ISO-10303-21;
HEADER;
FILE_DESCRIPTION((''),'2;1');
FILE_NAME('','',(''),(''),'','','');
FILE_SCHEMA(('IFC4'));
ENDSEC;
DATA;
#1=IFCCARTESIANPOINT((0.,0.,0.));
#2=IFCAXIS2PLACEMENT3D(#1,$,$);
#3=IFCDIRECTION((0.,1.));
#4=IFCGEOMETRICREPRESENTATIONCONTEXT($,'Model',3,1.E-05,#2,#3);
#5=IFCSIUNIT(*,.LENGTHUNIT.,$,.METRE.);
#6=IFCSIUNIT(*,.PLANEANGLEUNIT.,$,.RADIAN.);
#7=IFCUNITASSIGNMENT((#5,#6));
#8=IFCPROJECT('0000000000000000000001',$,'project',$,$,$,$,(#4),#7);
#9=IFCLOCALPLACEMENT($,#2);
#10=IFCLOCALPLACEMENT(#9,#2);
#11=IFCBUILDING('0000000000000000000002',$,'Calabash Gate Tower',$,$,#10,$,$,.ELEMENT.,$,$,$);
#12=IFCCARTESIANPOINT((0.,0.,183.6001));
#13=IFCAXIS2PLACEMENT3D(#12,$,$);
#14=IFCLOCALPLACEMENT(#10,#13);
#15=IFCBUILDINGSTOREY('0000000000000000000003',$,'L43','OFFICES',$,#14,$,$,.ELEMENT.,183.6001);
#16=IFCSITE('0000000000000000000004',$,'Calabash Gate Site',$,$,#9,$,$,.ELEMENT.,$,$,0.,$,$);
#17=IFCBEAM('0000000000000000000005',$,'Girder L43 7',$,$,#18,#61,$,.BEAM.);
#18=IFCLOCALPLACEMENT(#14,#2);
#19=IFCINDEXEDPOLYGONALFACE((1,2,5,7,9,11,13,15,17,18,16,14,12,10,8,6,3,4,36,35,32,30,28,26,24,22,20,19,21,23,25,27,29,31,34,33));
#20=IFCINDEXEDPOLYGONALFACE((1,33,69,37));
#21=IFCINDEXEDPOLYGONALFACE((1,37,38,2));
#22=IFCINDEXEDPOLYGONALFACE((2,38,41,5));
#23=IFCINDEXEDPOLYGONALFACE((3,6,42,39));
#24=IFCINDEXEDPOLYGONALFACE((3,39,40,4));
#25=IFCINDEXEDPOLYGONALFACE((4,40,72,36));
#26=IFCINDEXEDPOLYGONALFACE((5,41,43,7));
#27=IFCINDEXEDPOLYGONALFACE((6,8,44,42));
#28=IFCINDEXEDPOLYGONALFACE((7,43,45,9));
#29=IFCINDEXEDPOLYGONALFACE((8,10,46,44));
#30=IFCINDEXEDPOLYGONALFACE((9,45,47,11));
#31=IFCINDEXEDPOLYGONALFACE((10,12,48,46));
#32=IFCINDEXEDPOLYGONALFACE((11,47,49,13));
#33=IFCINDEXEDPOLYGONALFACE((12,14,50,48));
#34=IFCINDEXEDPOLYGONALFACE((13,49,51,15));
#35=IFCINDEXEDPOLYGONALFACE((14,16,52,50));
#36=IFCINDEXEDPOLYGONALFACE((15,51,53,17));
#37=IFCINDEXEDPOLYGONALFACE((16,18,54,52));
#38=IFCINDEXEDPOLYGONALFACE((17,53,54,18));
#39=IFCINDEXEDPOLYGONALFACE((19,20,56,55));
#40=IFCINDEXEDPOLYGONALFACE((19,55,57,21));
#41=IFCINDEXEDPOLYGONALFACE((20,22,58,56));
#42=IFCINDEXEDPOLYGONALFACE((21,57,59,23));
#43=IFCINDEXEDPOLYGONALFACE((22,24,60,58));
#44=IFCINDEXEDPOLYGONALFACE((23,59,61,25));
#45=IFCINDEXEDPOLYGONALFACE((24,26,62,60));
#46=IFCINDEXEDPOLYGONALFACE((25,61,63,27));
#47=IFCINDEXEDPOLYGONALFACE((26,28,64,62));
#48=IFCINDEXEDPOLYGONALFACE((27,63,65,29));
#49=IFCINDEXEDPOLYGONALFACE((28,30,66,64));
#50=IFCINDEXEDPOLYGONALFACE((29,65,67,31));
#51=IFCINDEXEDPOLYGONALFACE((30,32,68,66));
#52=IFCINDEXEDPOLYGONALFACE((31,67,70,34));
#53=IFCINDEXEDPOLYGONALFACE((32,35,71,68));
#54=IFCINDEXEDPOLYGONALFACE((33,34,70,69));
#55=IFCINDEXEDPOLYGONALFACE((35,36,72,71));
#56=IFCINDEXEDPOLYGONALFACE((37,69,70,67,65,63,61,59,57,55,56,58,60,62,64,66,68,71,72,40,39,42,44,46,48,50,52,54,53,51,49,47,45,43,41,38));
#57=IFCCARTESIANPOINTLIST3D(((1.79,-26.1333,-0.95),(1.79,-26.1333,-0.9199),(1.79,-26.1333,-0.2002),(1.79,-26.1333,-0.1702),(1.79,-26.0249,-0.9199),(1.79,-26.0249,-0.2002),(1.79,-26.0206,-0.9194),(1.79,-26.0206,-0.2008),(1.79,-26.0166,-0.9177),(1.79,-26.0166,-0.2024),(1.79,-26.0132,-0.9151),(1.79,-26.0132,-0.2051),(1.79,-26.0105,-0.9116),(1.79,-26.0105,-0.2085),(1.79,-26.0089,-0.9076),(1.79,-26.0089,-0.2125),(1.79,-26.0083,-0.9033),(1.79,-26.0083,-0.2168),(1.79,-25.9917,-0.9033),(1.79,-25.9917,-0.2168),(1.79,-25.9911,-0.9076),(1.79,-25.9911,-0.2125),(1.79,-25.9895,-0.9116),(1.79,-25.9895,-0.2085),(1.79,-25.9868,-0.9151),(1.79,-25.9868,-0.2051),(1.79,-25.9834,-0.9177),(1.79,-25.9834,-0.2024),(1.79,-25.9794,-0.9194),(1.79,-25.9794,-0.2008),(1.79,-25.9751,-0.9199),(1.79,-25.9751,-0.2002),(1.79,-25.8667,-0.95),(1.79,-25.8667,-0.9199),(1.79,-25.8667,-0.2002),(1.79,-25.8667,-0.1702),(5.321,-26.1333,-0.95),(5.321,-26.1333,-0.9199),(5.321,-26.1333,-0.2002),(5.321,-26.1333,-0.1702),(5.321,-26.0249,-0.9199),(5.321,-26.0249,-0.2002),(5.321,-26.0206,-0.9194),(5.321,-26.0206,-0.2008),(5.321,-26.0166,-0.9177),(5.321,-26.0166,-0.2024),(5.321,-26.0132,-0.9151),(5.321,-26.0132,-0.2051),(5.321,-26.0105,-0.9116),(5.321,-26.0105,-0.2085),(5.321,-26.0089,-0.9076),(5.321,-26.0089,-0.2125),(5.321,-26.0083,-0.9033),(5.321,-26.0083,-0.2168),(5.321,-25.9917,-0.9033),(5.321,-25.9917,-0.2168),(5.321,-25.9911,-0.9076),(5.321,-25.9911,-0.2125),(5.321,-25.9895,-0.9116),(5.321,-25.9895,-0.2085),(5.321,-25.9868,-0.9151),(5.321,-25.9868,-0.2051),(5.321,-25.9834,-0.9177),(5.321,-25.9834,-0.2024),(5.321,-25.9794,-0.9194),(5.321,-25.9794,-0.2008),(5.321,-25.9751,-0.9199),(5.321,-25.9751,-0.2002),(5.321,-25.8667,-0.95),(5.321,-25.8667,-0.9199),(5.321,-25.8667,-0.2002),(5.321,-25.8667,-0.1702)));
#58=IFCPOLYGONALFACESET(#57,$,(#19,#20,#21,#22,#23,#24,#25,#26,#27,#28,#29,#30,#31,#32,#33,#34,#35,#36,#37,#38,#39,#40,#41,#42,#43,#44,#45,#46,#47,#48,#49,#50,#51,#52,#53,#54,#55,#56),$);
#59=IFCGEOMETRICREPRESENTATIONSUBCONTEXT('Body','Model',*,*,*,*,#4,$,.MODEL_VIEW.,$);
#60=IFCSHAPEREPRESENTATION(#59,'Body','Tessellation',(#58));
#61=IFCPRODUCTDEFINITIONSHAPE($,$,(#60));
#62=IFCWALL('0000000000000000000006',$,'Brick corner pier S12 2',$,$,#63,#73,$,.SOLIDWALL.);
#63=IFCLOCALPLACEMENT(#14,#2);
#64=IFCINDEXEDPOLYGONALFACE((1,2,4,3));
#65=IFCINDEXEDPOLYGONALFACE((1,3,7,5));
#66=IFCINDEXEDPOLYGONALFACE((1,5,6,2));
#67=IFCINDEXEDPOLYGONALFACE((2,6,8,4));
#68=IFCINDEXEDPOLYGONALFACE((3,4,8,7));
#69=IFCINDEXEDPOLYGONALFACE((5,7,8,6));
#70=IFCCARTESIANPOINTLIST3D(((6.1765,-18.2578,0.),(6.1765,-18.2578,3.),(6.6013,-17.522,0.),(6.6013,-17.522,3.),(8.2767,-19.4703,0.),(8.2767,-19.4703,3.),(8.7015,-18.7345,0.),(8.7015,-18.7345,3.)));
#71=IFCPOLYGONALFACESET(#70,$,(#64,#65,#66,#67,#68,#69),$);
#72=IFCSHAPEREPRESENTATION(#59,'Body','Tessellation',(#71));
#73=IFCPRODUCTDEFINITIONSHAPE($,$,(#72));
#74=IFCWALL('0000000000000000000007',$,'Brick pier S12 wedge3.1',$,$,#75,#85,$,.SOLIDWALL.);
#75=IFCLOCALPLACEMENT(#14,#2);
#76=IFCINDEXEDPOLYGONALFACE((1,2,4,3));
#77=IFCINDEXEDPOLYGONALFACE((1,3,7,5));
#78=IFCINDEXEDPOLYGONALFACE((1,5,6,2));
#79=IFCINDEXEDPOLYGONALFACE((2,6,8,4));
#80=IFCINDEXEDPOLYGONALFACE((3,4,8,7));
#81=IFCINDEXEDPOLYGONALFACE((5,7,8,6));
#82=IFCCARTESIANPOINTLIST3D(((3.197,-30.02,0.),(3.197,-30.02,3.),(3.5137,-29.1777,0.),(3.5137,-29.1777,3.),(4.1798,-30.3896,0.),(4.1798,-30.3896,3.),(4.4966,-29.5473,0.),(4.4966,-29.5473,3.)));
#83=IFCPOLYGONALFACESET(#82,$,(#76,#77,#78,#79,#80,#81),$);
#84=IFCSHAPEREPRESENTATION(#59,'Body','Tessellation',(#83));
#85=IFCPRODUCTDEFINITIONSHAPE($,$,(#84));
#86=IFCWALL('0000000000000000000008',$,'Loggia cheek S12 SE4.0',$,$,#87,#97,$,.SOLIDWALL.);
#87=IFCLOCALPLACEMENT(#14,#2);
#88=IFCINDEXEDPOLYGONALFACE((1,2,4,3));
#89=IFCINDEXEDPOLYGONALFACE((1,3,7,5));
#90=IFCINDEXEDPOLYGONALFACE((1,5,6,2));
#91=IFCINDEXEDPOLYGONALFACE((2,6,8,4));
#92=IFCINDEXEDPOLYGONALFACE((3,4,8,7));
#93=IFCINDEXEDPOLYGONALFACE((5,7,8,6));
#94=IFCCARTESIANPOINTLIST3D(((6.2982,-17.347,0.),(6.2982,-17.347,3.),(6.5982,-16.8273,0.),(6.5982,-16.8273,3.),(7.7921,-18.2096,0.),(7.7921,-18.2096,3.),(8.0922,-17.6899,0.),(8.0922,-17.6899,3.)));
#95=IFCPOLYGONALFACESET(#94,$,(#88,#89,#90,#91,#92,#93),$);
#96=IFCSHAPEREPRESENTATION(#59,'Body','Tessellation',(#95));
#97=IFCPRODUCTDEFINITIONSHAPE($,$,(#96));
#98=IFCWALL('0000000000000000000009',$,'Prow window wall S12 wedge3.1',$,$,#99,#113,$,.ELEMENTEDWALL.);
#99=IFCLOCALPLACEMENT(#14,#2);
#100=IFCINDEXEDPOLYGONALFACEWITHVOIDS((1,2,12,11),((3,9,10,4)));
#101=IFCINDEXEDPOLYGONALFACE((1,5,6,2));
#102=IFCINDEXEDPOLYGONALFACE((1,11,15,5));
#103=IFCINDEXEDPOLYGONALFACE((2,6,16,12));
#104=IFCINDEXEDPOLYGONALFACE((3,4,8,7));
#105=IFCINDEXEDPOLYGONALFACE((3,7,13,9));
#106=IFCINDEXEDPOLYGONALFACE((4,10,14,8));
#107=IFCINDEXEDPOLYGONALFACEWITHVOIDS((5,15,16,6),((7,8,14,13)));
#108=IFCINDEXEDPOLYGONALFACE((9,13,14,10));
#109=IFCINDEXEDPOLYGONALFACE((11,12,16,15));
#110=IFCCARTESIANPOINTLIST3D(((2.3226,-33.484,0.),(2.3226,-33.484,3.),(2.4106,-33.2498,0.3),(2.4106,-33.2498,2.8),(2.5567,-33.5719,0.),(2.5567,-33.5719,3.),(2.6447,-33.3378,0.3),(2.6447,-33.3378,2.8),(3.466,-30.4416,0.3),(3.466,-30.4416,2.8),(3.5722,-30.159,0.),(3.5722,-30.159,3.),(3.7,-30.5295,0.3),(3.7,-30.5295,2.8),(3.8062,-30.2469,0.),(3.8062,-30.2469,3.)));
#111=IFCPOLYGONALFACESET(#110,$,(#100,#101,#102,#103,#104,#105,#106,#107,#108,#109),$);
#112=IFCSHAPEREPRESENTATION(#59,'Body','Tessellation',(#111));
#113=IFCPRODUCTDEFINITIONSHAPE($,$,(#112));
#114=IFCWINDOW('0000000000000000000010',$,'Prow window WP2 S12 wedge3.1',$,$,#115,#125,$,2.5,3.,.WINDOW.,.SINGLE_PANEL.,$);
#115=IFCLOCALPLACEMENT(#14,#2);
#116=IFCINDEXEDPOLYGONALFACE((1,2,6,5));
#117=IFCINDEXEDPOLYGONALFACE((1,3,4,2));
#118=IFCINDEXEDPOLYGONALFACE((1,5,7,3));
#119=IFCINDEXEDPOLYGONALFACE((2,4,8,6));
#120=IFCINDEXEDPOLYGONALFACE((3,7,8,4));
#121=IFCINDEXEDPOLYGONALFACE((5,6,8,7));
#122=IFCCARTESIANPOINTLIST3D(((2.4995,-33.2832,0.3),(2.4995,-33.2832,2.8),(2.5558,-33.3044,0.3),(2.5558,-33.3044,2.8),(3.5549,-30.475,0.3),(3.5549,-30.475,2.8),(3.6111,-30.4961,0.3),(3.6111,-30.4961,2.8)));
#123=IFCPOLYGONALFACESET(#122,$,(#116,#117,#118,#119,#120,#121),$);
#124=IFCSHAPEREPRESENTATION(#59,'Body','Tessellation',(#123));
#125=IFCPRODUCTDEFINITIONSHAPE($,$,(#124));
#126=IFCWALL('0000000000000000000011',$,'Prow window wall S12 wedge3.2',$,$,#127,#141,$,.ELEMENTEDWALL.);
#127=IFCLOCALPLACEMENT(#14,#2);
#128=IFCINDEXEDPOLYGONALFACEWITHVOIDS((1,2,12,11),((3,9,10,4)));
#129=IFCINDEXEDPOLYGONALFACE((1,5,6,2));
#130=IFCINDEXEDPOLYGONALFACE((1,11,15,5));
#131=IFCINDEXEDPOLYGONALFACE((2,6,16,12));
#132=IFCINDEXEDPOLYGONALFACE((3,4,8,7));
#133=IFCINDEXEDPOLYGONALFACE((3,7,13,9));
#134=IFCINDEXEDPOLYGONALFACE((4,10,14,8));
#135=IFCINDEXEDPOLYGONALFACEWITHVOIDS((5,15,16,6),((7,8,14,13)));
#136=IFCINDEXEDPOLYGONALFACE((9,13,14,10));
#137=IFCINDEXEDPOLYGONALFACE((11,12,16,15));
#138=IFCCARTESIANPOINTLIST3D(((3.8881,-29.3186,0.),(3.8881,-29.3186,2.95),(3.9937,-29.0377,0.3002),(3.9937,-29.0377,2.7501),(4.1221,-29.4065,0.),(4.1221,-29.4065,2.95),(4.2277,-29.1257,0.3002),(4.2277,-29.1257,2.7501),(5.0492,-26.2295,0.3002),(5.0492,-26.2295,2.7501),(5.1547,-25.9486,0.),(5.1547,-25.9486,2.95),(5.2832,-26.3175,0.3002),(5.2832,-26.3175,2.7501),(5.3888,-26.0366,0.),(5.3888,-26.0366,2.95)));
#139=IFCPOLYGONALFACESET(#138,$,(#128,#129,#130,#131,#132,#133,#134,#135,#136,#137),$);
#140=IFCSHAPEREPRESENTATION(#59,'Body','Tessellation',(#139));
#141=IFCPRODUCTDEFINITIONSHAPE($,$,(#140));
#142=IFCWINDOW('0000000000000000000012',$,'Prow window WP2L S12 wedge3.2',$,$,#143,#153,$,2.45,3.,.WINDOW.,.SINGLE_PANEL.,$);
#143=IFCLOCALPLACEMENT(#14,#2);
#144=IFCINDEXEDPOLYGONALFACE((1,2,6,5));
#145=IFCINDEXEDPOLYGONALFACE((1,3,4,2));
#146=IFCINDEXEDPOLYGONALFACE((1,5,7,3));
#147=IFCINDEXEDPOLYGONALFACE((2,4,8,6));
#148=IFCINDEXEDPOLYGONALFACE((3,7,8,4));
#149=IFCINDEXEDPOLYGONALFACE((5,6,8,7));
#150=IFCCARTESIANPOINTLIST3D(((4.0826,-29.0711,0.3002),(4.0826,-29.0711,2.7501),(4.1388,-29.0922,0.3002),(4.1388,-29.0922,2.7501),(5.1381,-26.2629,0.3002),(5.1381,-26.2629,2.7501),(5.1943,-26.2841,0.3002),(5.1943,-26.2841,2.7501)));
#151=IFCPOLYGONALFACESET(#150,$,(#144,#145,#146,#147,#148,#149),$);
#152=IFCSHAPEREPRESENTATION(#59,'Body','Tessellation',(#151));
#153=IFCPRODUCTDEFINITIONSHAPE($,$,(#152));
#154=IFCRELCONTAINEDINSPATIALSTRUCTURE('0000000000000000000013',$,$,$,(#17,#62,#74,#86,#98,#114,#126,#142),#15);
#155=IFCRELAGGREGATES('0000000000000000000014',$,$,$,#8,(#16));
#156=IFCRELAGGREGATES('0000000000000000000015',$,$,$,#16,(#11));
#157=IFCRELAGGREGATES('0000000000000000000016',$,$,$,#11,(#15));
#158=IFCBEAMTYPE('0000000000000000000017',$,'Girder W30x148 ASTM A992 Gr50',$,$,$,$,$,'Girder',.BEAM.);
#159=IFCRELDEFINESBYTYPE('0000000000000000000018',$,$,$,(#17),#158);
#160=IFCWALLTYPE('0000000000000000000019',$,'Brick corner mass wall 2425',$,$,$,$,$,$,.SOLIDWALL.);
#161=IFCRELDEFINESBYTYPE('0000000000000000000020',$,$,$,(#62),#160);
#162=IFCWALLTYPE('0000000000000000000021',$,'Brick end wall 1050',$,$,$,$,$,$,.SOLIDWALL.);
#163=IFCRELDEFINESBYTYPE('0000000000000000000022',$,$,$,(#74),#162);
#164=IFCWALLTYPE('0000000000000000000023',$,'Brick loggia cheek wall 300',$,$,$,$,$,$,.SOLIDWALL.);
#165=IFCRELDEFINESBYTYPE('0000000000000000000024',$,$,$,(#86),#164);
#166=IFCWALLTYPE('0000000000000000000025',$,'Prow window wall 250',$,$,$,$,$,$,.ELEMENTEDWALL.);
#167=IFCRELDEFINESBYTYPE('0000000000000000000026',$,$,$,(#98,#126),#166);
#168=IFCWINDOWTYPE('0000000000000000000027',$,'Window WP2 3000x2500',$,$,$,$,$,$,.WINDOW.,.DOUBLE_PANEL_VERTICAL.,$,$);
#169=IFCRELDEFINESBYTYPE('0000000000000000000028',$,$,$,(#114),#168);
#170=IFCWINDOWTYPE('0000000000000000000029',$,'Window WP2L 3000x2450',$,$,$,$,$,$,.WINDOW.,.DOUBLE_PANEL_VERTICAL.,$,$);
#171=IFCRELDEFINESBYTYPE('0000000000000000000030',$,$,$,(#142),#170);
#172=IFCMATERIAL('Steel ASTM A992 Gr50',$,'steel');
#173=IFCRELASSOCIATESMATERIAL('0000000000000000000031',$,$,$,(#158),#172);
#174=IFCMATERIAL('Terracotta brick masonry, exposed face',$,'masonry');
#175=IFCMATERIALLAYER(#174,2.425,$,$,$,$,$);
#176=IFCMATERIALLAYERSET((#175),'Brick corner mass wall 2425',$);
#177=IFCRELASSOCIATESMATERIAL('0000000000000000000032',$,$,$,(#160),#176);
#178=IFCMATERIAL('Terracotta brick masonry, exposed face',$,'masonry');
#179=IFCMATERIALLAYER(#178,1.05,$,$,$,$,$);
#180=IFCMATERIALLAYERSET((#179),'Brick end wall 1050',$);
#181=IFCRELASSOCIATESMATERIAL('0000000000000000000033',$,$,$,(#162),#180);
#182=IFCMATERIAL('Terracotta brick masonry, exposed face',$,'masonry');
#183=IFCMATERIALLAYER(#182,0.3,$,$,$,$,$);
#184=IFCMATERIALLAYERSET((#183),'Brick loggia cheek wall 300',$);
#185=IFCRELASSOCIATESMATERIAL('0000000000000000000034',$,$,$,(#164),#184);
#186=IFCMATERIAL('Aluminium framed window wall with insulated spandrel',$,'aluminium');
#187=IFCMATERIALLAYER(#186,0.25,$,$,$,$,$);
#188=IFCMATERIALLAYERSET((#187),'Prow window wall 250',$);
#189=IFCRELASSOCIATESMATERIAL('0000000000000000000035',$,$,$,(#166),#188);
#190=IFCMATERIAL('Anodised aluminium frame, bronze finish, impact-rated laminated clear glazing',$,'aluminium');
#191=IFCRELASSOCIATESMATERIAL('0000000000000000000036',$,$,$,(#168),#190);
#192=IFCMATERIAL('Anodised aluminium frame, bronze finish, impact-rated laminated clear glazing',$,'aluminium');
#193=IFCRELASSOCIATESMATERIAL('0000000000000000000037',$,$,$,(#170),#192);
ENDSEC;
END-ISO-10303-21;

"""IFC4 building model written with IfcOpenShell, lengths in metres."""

from ifc_helpers import new_model, si_unit, direction, frame, frame_2d, origin, origin_2d, place, context, subcontext, project, spatial, rectangle, i_section, extrude, material, layer, layer_set, material_profile, profile_set, type_object, element, fill, save


model = new_model("IFC4")

# Units and contexts
model_context = context("Model", 3, precision=1e-05, world=origin(), true_north=direction((0.0, 1.0)))
body_context = subcontext(model_context, "Body", "Model", "MODEL_VIEW")
ifc_project = project(units=[si_unit("LENGTHUNIT", "METRE"), si_unit("PLANEANGLEUNIT", "RADIAN")], contexts=[model_context])

# Site, building, storey
site_placement = place(None, origin())
site = spatial("IfcSite", under=ifc_project, at=site_placement, Name="Calabash Gate Site", CompositionType="ELEMENT", RefElevation=0.0)
building_placement = place(site_placement, origin())
building = spatial("IfcBuilding", under=site, at=building_placement, Name="Calabash Gate Tower", CompositionType="ELEMENT")
storey_placement = place(building_placement, frame((0.0, 0.0, 183.6001)))
storey = spatial("IfcBuildingStorey", under=building, at=storey_placement, Name="L43", Description="OFFICES", CompositionType="ELEMENT", Elevation=183.6001)

# Beam
ifc_material_1 = material(Name="Steel ASTM A992 Gr50", Category="steel")
ifc_material_profile_1 = material_profile(ifc_material_1, i_section(OverallWidth=0.2666, OverallDepth=0.7798, WebThickness=0.0166, FlangeThickness=0.03, FilletRadius=0.0166, at=origin_2d()))
ifc_profile_set_1 = profile_set([ifc_material_profile_1], Name="Steel ASTM A992 Gr50")
beam_type_1 = type_object("IfcBeamType", Name="Girder W30x148 ASTM A992 Gr50", ElementType="Girder", PredefinedType="BEAM", material=ifc_profile_set_1)
beam_1_placement = place(storey_placement, frame((1.79, -26.0, -0.5601), z_axis=(1.0, 0.0, 0.0), x_axis=(0.0, 1.0, 0.0)))
element("IfcBeam", 1, at=beam_1_placement, inside=storey, type_object=beam_type_1, Name="Girder L43 7", PredefinedType="BEAM", context=body_context, shape_type="SweptSolid", body=[
    extrude(i_section(OverallWidth=0.2666, OverallDepth=0.7798, WebThickness=0.0166, FlangeThickness=0.03, FilletRadius=0.0166, at=origin_2d()), origin(), (0.0, 0.0, 1.0), 3.531),
])

# Walls
ifc_material_2 = material(Name="Terracotta brick masonry, exposed face", Category="masonry")
ifc_layer_1 = layer(ifc_material_2, 2.425)
ifc_layer_set_1 = layer_set([ifc_layer_1], Name="Brick corner mass wall 2425")
wall_type_1 = type_object("IfcWallType", Name="Brick corner mass wall 2425", PredefinedType="SOLIDWALL", material=ifc_layer_set_1)
wall_1_placement = place(storey_placement, frame((8.489, -19.1023, 0.0), z_axis=(0.0, 0.0, 1.0), x_axis=(-0.866041, 0.499972, 0.0)))
element("IfcWall", 2, at=wall_1_placement, inside=storey, type_object=wall_type_1, Name="Brick corner pier S12 2", PredefinedType="SOLIDWALL", context=body_context, shape_type="SweptSolid", body=[
    extrude(rectangle(XDim=2.425, YDim=0.8496, at=frame_2d((1.2124, 0.0))), origin(), (0.0, 0.0, 1.0), 3.0),
])
ifc_material_3 = material(Name="Terracotta brick masonry, exposed face", Category="masonry")
ifc_layer_2 = layer(ifc_material_3, 1.05)
ifc_layer_set_2 = layer_set([ifc_layer_2], Name="Brick end wall 1050")
wall_type_2 = type_object("IfcWallType", Name="Brick end wall 1050", PredefinedType="SOLIDWALL", material=ifc_layer_set_2)
wall_2_placement = place(storey_placement, frame((3.3555, -29.5989, 0.0), z_axis=(0.0, 0.0, 1.0), x_axis=(0.936004, -0.35199, 0.0)))
element("IfcWall", 3, at=wall_2_placement, inside=storey, type_object=wall_type_2, Name="Brick pier S12 wedge3.1", PredefinedType="SOLIDWALL", context=body_context, shape_type="SweptSolid", body=[
    extrude(rectangle(XDim=1.05, YDim=0.8999, at=frame_2d((0.5249, 0.0))), origin(), (0.0, 0.0, 1.0), 3.0),
])
ifc_material_4 = material(Name="Terracotta brick masonry, exposed face", Category="masonry")
ifc_layer_3 = layer(ifc_material_4, 0.3)
ifc_layer_set_3 = layer_set([ifc_layer_3], Name="Brick loggia cheek wall 300")
wall_type_3 = type_object("IfcWallType", Name="Brick loggia cheek wall 300", PredefinedType="SOLIDWALL", material=ifc_layer_set_3)
wall_3_placement = place(storey_placement, frame((7.9421, -17.9497, 0.0), z_axis=(0.0, 0.0, 1.0), x_axis=(-0.866014, 0.500021, 0.0)))
element("IfcWall", 4, at=wall_3_placement, inside=storey, type_object=wall_type_3, Name="Loggia cheek S12 SE4.0", PredefinedType="SOLIDWALL", context=body_context, shape_type="SweptSolid", body=[
    extrude(rectangle(XDim=1.7251, YDim=0.6001, at=frame_2d((0.8625, 0.0))), origin(), (0.0, 0.0, 1.0), 3.0),
])

# Walls, openings, windows
ifc_material_5 = material(Name="Aluminium framed window wall with insulated spandrel", Category="aluminium")
ifc_layer_4 = layer(ifc_material_5, 0.25)
ifc_layer_set_4 = layer_set([ifc_layer_4], Name="Prow window wall 250")
wall_type_4 = type_object("IfcWallType", Name="Prow window wall 250", PredefinedType="ELEMENTEDWALL", material=ifc_layer_set_4)
wall_4_placement = place(storey_placement, frame((2.4397, -33.5278, 0.0), z_axis=(0.0, 0.0, 1.0), x_axis=(0.351779, 0.936083, 0.0)))
wall_4 = element("IfcWall", 5, at=wall_4_placement, inside=storey, type_object=wall_type_4, Name="Prow window wall S12 wedge3.1", PredefinedType="ELEMENTEDWALL", context=body_context, shape_type="SweptSolid", body=[
    extrude(rectangle(XDim=3.552, YDim=0.25, at=frame_2d((1.7759, 0.0))), origin(), (0.0, 0.0, 1.0), 3.0),
])
opening_1_placement = place(wall_4_placement, frame((0.25, 0.0, 0.3)))
opening_1 = element("IfcOpeningElement", 6, at=opening_1_placement, cuts=wall_4, PredefinedType="OPENING", context=body_context, shape_type="SweptSolid", body=[
    extrude(rectangle(XDim=3.0, YDim=2.5, at=frame_2d((1.5, 1.25))), frame((0.0, 0.135, 0.0), z_axis=(0.0, -1.0, 0.0), x_axis=(1.0, 0.0, 0.0)), (0.0, 0.0, 1.0), 0.27),
])
ifc_material_6 = material(Name="Anodised aluminium frame, bronze finish, impact-rated laminated clear glazing", Category="aluminium")
window_type_1 = type_object("IfcWindowType", Name="Window WP2 3000x2500", PartitioningType="DOUBLE_PANEL_VERTICAL", PredefinedType="WINDOW", material=ifc_material_6)
window_1_placement = place(opening_1_placement, origin())
window_1 = element("IfcWindow", 7, at=window_1_placement, inside=storey, type_object=window_type_1, Name="Prow window WP2 S12 wedge3.1", OverallHeight=2.5, OverallWidth=3.0, PartitioningType="SINGLE_PANEL", PredefinedType="WINDOW", context=body_context, shape_type="SweptSolid", body=[
    extrude(rectangle(XDim=3.0, YDim=2.5, at=frame_2d((1.5, 1.25))), frame((0.0, 0.03, 0.0), z_axis=(0.0, -1.0, 0.0), x_axis=(1.0, 0.0, 0.0)), (0.0, 0.0, 1.0), 0.0601),
])
fill(opening_1, window_1)
wall_5_placement = place(storey_placement, frame((4.0051, -29.3625, 0.0), z_axis=(0.0, 0.0, 1.0), x_axis=(0.351829, 0.936064, 0.0)))
wall_5 = element("IfcWall", 8, at=wall_5_placement, inside=storey, type_object=wall_type_4, Name="Prow window wall S12 wedge3.2", PredefinedType="ELEMENTEDWALL", context=body_context, shape_type="SweptSolid", body=[
    extrude(rectangle(XDim=3.6001, YDim=0.25, at=frame_2d((1.8, 0.0))), origin(), (0.0, 0.0, 1.0), 2.95),
])
opening_2_placement = place(wall_5_placement, frame((0.3, 0.0, 0.3)))
opening_2 = element("IfcOpeningElement", 9, at=opening_2_placement, cuts=wall_5, PredefinedType="OPENING", context=body_context, shape_type="SweptSolid", body=[
    extrude(rectangle(XDim=3.0, YDim=2.45, at=frame_2d((1.5, 1.2251))), frame((0.0, 0.135, 0.0), z_axis=(0.0, -1.0, 0.0), x_axis=(1.0, 0.0, 0.0)), (0.0, 0.0, 1.0), 0.27),
])
ifc_material_7 = material(Name="Anodised aluminium frame, bronze finish, impact-rated laminated clear glazing", Category="aluminium")
window_type_2 = type_object("IfcWindowType", Name="Window WP2L 3000x2450", PartitioningType="DOUBLE_PANEL_VERTICAL", PredefinedType="WINDOW", material=ifc_material_7)
window_2_placement = place(opening_2_placement, origin())
window_2 = element("IfcWindow", 10, at=window_2_placement, inside=storey, type_object=window_type_2, Name="Prow window WP2L S12 wedge3.2", OverallHeight=2.45, OverallWidth=3.0, PartitioningType="SINGLE_PANEL", PredefinedType="WINDOW", context=body_context, shape_type="SweptSolid", body=[
    extrude(rectangle(XDim=3.0, YDim=2.45, at=frame_2d((1.5, 1.2251))), frame((0.0, 0.03, 0.0), z_axis=(0.0, -1.0, 0.0), x_axis=(1.0, 0.0, 0.0)), (0.0, 0.0, 1.0), 0.0601),
])
fill(opening_2, window_2)

save(model, "model.ifc")
